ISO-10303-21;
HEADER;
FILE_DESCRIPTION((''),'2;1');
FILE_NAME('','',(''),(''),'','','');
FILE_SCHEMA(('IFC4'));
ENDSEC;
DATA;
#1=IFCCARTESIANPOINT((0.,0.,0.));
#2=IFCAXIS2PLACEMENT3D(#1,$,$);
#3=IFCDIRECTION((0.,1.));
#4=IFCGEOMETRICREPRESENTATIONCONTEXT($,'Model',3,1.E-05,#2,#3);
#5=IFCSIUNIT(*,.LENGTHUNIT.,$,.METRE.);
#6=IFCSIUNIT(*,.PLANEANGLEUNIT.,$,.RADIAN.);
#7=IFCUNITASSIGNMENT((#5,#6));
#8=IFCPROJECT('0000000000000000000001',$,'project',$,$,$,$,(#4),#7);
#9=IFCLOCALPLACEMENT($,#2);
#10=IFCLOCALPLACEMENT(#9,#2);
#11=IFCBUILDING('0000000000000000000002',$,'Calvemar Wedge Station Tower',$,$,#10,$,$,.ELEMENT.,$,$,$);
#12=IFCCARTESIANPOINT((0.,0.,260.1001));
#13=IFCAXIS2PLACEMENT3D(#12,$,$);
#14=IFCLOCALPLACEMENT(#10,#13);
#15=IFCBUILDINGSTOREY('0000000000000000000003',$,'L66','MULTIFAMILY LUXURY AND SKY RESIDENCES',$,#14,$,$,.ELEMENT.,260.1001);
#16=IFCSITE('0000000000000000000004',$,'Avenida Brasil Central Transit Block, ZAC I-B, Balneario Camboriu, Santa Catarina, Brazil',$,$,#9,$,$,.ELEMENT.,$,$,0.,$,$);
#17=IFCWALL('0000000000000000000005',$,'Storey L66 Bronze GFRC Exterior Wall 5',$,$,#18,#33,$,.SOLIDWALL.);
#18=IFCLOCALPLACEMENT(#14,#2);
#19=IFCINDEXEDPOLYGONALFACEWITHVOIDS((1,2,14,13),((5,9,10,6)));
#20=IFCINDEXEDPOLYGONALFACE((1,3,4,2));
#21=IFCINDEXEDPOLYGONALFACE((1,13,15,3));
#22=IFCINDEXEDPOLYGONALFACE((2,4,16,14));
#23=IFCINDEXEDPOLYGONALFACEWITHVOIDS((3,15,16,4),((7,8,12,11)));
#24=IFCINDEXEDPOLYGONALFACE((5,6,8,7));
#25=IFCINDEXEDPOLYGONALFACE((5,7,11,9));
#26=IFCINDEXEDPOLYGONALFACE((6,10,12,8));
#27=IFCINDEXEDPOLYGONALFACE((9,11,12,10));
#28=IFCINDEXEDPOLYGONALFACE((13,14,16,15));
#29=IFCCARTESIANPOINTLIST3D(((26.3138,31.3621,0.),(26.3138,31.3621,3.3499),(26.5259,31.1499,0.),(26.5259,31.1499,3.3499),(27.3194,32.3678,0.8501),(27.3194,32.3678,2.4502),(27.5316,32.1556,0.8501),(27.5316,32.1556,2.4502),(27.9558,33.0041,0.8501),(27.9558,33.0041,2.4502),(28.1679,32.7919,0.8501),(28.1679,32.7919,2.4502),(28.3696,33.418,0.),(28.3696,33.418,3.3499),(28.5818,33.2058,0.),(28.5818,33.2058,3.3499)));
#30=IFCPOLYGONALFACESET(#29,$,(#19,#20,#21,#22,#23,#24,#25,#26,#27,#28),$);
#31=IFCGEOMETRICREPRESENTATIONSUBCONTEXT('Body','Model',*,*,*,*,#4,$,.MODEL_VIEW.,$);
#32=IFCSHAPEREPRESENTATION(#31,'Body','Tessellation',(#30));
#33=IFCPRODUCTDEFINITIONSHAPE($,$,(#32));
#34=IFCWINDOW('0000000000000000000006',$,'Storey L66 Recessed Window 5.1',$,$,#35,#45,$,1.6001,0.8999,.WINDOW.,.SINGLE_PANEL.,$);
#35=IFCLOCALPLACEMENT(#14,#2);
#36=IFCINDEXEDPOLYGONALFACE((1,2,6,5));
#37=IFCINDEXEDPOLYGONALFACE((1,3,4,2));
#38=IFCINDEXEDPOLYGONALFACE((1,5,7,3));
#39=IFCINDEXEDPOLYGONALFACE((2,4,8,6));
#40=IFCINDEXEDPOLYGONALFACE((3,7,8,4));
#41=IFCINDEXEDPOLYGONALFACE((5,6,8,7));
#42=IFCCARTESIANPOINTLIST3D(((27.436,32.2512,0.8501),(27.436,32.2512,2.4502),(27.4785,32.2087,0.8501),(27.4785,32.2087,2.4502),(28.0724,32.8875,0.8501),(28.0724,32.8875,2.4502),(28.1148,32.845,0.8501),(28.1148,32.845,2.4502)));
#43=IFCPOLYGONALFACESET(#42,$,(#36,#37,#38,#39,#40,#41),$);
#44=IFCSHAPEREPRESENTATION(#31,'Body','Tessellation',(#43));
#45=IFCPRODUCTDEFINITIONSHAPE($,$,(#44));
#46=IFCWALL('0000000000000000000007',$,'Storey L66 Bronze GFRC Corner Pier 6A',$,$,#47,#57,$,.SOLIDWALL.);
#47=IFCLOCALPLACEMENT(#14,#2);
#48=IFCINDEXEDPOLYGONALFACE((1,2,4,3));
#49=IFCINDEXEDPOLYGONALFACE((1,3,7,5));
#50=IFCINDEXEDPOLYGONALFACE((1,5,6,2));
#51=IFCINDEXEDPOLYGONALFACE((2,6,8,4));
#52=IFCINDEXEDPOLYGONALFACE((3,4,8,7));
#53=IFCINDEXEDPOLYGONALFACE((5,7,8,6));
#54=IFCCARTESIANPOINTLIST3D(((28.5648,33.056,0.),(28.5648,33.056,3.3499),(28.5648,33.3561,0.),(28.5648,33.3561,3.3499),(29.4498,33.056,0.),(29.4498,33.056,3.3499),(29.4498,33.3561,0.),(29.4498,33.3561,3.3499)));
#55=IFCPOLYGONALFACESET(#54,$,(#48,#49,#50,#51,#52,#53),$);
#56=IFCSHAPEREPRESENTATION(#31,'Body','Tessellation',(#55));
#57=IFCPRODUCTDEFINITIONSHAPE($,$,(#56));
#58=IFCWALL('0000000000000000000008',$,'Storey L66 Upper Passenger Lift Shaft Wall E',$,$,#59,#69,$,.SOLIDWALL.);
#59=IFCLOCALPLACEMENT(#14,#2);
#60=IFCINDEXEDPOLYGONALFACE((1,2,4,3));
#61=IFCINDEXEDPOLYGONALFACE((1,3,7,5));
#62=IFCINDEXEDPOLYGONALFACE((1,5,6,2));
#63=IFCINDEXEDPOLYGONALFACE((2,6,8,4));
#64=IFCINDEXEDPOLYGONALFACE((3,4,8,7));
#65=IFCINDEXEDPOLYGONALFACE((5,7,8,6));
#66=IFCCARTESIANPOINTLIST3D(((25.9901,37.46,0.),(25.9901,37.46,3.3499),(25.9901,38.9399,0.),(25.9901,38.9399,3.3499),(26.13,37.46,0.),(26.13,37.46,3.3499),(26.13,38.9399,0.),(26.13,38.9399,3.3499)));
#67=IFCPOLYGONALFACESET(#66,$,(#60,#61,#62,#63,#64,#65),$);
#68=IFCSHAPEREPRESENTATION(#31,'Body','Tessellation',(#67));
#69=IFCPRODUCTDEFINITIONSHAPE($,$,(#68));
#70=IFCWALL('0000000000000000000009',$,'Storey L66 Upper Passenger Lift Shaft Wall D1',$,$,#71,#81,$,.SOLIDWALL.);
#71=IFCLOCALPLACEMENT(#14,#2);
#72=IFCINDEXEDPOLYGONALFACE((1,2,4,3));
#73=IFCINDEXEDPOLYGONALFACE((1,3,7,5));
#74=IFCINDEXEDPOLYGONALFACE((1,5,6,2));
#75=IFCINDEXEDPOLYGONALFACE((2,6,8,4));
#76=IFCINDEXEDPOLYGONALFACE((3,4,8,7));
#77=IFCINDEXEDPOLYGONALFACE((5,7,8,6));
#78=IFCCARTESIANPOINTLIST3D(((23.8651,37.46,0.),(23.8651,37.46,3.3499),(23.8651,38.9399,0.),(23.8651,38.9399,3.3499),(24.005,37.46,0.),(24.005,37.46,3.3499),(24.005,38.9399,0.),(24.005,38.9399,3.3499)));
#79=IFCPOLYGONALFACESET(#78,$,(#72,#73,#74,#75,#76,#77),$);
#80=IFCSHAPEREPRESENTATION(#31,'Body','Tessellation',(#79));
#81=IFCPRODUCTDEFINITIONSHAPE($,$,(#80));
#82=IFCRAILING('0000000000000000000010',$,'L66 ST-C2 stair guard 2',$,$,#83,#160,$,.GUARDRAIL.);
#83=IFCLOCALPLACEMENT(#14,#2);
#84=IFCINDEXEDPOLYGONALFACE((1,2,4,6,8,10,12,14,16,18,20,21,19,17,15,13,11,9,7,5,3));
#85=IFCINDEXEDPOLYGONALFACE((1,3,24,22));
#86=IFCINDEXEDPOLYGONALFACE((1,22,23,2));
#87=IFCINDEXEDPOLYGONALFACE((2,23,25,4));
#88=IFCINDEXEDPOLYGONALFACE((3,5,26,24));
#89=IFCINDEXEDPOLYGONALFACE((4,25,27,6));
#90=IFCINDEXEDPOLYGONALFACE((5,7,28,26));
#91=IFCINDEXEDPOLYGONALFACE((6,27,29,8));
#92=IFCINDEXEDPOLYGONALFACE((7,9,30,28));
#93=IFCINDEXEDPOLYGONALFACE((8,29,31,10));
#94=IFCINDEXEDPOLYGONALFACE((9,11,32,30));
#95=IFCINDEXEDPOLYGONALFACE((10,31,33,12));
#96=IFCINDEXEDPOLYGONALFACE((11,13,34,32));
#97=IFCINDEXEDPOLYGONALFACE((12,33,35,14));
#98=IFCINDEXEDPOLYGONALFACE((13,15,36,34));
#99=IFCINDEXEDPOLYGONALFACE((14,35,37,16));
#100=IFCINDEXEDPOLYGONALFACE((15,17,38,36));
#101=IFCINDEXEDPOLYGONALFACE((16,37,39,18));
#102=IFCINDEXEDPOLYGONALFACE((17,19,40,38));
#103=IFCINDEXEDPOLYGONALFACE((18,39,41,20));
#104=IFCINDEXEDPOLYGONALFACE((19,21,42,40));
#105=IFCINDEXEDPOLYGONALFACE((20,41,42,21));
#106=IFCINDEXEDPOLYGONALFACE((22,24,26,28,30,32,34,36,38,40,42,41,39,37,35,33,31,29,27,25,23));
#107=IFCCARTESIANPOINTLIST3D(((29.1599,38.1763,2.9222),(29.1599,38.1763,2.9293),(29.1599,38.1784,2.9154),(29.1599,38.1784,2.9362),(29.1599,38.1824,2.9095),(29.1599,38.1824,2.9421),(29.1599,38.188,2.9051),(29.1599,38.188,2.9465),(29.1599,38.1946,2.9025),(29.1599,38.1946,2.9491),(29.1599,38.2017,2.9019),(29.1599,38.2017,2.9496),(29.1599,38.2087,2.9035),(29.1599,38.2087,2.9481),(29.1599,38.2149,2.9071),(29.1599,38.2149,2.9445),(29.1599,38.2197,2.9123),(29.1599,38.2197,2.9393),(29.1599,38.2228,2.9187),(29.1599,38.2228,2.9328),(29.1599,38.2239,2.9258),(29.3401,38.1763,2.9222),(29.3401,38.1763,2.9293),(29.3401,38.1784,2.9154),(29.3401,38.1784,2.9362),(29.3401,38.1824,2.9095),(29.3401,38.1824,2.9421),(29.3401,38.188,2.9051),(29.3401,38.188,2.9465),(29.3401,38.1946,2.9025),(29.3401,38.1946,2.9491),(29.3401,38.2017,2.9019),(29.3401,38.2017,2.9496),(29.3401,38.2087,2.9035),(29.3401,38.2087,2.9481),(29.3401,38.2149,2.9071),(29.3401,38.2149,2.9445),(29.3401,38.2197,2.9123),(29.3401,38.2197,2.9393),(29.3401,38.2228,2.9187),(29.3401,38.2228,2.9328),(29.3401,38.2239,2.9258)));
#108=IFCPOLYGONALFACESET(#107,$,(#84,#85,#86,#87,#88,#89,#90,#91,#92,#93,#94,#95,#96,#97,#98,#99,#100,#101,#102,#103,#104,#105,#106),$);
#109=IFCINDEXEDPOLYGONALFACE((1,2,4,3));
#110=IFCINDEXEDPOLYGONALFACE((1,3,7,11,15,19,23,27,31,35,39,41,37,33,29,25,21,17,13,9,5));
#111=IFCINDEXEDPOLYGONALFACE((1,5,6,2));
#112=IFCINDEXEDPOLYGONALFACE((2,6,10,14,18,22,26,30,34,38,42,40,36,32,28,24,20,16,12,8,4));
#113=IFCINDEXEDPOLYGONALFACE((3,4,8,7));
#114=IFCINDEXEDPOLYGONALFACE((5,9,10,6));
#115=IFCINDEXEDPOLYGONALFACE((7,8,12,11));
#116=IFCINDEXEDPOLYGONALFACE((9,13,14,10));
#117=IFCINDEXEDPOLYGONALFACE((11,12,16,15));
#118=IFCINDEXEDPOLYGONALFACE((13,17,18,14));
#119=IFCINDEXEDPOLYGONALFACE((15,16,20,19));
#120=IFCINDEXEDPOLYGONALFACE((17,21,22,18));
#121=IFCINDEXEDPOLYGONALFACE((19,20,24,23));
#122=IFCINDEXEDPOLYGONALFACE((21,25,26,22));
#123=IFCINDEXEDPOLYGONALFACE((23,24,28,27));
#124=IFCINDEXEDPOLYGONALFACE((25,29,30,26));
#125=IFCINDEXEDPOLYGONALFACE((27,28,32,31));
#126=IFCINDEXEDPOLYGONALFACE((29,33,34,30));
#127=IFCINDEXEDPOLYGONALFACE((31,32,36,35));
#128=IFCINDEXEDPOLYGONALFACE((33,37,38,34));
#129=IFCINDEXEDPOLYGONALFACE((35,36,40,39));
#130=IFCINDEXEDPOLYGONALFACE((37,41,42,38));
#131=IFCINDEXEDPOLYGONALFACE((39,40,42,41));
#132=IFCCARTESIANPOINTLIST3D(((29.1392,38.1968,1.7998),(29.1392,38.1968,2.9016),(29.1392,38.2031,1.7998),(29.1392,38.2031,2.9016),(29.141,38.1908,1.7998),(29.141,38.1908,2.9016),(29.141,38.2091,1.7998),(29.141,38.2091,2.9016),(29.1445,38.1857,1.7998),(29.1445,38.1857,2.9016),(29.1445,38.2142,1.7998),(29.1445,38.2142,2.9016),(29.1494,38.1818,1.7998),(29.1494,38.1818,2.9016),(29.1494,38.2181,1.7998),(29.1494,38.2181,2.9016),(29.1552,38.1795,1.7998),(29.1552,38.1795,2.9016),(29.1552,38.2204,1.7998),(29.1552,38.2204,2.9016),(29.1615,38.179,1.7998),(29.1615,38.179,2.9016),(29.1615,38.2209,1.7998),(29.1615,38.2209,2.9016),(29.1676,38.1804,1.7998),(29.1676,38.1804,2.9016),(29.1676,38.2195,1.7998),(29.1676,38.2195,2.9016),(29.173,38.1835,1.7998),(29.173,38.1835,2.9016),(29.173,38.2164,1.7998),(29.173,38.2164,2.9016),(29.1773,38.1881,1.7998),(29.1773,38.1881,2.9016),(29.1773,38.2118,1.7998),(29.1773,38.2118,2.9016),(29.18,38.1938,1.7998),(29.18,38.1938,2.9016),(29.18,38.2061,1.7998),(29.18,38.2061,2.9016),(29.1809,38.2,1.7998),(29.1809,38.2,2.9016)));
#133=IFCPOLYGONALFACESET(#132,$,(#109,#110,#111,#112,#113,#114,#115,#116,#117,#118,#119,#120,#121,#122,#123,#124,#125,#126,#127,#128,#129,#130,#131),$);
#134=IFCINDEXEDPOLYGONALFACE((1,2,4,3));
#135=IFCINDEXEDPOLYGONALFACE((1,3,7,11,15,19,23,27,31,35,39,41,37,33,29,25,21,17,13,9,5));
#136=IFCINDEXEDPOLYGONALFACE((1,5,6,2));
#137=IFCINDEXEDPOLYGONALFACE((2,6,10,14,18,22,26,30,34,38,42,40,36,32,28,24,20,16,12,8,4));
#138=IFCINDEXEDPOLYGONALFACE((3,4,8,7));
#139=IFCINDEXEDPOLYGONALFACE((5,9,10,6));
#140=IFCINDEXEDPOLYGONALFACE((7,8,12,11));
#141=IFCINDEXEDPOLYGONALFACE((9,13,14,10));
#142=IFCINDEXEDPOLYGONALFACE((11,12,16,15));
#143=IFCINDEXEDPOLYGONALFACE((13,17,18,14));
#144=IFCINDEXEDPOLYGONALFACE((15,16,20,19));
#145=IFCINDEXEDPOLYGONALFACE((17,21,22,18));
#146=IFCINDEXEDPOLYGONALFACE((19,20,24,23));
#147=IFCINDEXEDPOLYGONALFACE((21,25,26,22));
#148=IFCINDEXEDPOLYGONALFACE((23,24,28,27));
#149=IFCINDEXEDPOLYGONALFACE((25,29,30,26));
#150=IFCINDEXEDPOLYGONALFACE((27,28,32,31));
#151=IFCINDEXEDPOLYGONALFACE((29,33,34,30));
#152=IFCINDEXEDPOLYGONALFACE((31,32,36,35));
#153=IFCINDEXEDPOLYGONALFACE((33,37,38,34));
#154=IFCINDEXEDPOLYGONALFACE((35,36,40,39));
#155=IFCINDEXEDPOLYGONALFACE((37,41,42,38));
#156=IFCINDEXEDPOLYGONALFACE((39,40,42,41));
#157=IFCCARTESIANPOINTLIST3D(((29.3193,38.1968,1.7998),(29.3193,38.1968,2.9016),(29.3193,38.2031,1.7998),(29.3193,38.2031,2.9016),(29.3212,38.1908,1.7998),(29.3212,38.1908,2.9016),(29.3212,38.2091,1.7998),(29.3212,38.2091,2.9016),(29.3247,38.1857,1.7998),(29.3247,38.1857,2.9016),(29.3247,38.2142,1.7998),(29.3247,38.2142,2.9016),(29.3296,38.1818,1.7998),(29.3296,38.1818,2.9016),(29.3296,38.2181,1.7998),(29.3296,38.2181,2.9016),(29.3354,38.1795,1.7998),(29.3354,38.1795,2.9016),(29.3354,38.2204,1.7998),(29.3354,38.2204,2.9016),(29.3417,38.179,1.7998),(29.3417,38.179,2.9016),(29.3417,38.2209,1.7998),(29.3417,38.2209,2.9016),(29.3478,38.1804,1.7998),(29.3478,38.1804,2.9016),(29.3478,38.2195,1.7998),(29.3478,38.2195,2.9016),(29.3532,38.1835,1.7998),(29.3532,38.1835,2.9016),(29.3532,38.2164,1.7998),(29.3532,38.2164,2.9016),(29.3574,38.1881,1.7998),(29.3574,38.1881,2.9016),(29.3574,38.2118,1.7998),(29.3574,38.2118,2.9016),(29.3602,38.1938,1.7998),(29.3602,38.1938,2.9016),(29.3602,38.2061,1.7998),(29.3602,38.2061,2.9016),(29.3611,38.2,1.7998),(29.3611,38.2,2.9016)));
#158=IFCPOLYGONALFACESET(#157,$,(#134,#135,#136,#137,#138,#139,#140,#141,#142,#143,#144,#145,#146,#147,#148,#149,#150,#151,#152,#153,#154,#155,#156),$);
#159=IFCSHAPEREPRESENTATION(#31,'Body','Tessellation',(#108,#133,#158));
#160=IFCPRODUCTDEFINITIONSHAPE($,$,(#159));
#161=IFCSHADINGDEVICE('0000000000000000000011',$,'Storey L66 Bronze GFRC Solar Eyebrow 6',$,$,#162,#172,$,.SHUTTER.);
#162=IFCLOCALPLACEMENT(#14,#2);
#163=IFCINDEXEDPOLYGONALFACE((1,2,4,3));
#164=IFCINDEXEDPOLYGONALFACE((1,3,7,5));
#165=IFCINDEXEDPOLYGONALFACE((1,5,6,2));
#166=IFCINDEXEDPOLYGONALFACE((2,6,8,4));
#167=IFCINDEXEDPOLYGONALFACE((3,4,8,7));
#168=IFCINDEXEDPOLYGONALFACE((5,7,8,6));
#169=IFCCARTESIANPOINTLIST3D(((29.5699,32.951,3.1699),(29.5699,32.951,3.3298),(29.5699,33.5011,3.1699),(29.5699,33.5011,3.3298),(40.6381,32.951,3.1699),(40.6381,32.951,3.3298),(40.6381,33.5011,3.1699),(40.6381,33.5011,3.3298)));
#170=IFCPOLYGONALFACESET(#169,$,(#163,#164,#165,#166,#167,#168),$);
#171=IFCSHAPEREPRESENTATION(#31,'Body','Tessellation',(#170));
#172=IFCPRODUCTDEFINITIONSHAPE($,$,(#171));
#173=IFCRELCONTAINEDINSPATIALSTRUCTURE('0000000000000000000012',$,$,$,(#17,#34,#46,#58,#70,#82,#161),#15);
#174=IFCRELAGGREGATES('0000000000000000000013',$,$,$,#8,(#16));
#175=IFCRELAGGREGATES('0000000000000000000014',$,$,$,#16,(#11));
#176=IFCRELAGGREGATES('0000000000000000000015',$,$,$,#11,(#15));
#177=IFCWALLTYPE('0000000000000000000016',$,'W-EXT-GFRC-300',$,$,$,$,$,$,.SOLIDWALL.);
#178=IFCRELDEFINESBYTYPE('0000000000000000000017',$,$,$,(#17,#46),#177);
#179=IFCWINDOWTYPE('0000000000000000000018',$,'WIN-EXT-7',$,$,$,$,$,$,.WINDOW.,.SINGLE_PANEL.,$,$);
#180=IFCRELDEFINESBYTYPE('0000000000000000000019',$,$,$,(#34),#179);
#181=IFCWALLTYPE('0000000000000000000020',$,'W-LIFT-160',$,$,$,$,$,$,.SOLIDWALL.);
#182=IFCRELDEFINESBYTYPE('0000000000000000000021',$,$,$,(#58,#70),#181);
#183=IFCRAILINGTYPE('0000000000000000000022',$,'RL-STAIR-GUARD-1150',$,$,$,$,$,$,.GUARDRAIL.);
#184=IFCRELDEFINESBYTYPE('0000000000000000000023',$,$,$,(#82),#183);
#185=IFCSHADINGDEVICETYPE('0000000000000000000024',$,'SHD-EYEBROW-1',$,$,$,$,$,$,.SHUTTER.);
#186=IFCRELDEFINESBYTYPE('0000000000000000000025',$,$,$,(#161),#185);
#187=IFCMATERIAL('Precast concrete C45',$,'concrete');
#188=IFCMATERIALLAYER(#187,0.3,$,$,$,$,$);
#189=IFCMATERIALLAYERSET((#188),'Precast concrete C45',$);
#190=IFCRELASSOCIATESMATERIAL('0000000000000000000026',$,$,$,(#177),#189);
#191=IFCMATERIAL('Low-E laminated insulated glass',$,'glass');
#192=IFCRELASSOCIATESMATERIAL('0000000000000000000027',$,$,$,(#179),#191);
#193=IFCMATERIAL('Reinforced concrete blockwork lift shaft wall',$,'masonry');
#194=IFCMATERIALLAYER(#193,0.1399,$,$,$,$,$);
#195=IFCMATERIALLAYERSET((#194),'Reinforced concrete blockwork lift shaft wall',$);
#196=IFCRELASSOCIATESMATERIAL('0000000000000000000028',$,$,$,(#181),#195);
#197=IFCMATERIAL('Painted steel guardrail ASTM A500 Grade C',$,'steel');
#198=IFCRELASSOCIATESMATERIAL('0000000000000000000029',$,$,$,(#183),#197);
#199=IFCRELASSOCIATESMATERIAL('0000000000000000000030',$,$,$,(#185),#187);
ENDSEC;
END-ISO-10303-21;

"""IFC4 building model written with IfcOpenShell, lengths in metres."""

from ifc_helpers import new_model, si_unit, direction, frame, frame_2d, origin, origin_2d, place, context, subcontext, project, spatial, rectangle, circle, extrude, source, transform, mapped, material, layer, layer_set, type_object, element, fill, save


model = new_model("IFC4")

# Units and contexts
model_context = context("Model", 3, precision=1e-05, world=origin(), true_north=direction((0.0, 1.0)))
body_context = subcontext(model_context, "Body", "Model", "MODEL_VIEW")
ifc_project = project(units=[si_unit("LENGTHUNIT", "METRE"), si_unit("PLANEANGLEUNIT", "RADIAN")], contexts=[model_context])

# Site, building, storey
site_placement = place(None, origin())
site = spatial("IfcSite", under=ifc_project, at=site_placement, Name="Avenida Brasil Central Transit Block, ZAC I-B, Balneario Camboriu, Santa Catarina, Brazil", CompositionType="ELEMENT", RefElevation=0.0)
building_placement = place(site_placement, origin())
building = spatial("IfcBuilding", under=site, at=building_placement, Name="Calvemar Wedge Station Tower", CompositionType="ELEMENT")
storey_placement = place(building_placement, frame((0.0, 0.0, 260.1001)))
storey = spatial("IfcBuildingStorey", under=building, at=storey_placement, Name="L66", Description="MULTIFAMILY LUXURY AND SKY RESIDENCES", CompositionType="ELEMENT", Elevation=260.1001)

# Shared definitions
ifc_material_1 = material(Name="Low-E laminated insulated glass", Category="glass")

# Shared definitions
ifc_material_2 = material(Name="Precast concrete C45", Category="concrete")
ifc_layer_1 = layer(ifc_material_2, 0.3)
ifc_layer_set_1 = layer_set([ifc_layer_1], Name="Precast concrete C45")
wall_type_1 = type_object("IfcWallType", Name="W-EXT-GFRC-300", PredefinedType="SOLIDWALL", material=ifc_layer_set_1)

# Wall, opening, window
wall_1_placement = place(storey_placement, frame((26.4199, 31.2561, 0.0), z_axis=(0.0, 0.0, 1.0), x_axis=(0.707107, 0.707107, 0.0)))
wall_1 = element("IfcWall", 1, at=wall_1_placement, inside=storey, type_object=wall_type_1, Name="Storey L66 Bronze GFRC Exterior Wall 5", PredefinedType="SOLIDWALL", context=body_context, shape_type="SweptSolid", body=[
    extrude(rectangle(XDim=2.9075, YDim=0.3, at=frame_2d((1.4536, 0.0))), origin(), (0.0, 0.0, 1.0), 3.3499),
])
shared_shape_1 = source(origin(), body_context, "Body", "SweptSolid", [
    extrude(rectangle(XDim=0.8999, YDim=1.6001, at=frame_2d((0.45, 0.8))), frame((0.0, 0.1602, 0.0), z_axis=(0.0, -1.0, 0.0), x_axis=(1.0, 0.0, 0.0)), (0.0, 0.0, 1.0), 0.3201),
])
opening_1_placement = place(wall_1_placement, frame((1.4221, 0.0, 0.8501)))
opening_1 = element("IfcOpeningElement", 2, at=opening_1_placement, cuts=wall_1, PredefinedType="OPENING", context=body_context, shape_type="MappedRepresentation", body=[
    mapped(shared_shape_1, transform((0.0, 0.0, 0.0), scale=1.0)),
])
window_type_1 = type_object("IfcWindowType", Name="WIN-EXT-7", PartitioningType="SINGLE_PANEL", PredefinedType="WINDOW", material=ifc_material_1)
shared_shape_2 = source(origin(), body_context, "Body", "SweptSolid", [
    extrude(rectangle(XDim=0.8999, YDim=1.6001, at=frame_2d((0.45, 0.8))), frame((0.0, -0.0149, 0.0), z_axis=(0.0, -1.0, 0.0), x_axis=(1.0, 0.0, 0.0)), (0.0, 0.0, 1.0), 0.0601),
])
window_1_placement = place(opening_1_placement, origin())
window_1 = element("IfcWindow", 3, at=window_1_placement, inside=storey, type_object=window_type_1, Name="Storey L66 Recessed Window 5.1", OverallHeight=1.6001, OverallWidth=0.8999, PartitioningType="SINGLE_PANEL", PredefinedType="WINDOW", context=body_context, shape_type="MappedRepresentation", body=[
    mapped(shared_shape_2, transform((0.0, 0.0, 0.0), scale=1.0)),
])
fill(opening_1, window_1)

# Walls
wall_2_placement = place(storey_placement, frame((28.5649, 33.2061, 0.0), z_axis=(0.0, 0.0, 1.0), x_axis=(1.0, 0.0, 0.0)))
element("IfcWall", 4, at=wall_2_placement, inside=storey, type_object=wall_type_1, Name="Storey L66 Bronze GFRC Corner Pier 6A", PredefinedType="SOLIDWALL", context=body_context, shape_type="SweptSolid", body=[
    extrude(rectangle(XDim=0.885, YDim=0.3, at=frame_2d((0.4424, 0.0))), origin(), (0.0, 0.0, 1.0), 3.3499),
])
ifc_material_3 = material(Name="Reinforced concrete blockwork lift shaft wall", Category="masonry")
ifc_layer_2 = layer(ifc_material_3, 0.1399)
ifc_layer_set_2 = layer_set([ifc_layer_2], Name="Reinforced concrete blockwork lift shaft wall")
wall_type_2 = type_object("IfcWallType", Name="W-LIFT-160", PredefinedType="SOLIDWALL", material=ifc_layer_set_2)
for number, where, z_axis, x_axis, name in (
    (5, (26.0601, 37.46, 0.0), (0.0, 0.0, 1.0), (0.0, 1.0, 0.0), "Storey L66 Upper Passenger Lift Shaft Wall E"),
    (6, (23.9351, 37.46, 0.0), (0.0, 0.0, 1.0), (0.0, 1.0, 0.0), "Storey L66 Upper Passenger Lift Shaft Wall D1"),
):
    element("IfcWall", number, at=place(storey_placement, frame(where, z_axis=z_axis, x_axis=x_axis)), inside=storey, type_object=wall_type_2, Name=name, PredefinedType="SOLIDWALL", context=body_context, shape_type="SweptSolid", body=[
        extrude(rectangle(XDim=1.48, YDim=0.1399, at=frame_2d((0.74, 0.0))), origin(), (0.0, 0.0, 1.0), 3.3499),
    ])

# Railing
ifc_material_4 = material(Name="Painted steel guardrail ASTM A500 Grade C", Category="steel")
railing_type = type_object("IfcRailingType", Name="RL-STAIR-GUARD-1150", PredefinedType="GUARDRAIL", material=ifc_material_4)
railing_placement = place(storey_placement, frame((29.1599, 38.2, 1.7998)))
element("IfcRailing", 7, at=railing_placement, inside=storey, type_object=railing_type, Name="L66 ST-C2 stair guard 2", PredefinedType="GUARDRAIL", context=body_context, shape_type="SweptSolid", body=[
    extrude(circle(Radius=0.0239, at=origin_2d()), frame((0.0, 0.0, 1.126), z_axis=(1.0, 0.0, 0.0), x_axis=(0.0, 1.0, 0.0)), (0.0, 0.0, 1.0), 0.1802),
    extrude(circle(Radius=0.021, at=origin_2d()), origin(), (0.0, 0.0, 1.0), 1.1018),
    extrude(circle(Radius=0.021, at=origin_2d()), frame((0.1802, 0.0, 0.0)), (0.0, 0.0, 1.0), 1.1018),
])

# Shading device
shading_device_type = type_object("IfcShadingDeviceType", Name="SHD-EYEBROW-1", PredefinedType="SHUTTER", material=ifc_material_2)
shading_device_placement = place(storey_placement, frame((29.5698, 33.2261, 3.1699), z_axis=(0.0, 0.0, 1.0), x_axis=(1.0, 0.0, 0.0)))
element("IfcShadingDevice", 8, at=shading_device_placement, inside=storey, type_object=shading_device_type, Name="Storey L66 Bronze GFRC Solar Eyebrow 6", PredefinedType="SHUTTER", context=body_context, shape_type="SweptSolid", body=[
    extrude(rectangle(XDim=11.0681, YDim=0.55, at=frame_2d((5.5342, 0.0))), origin(), (0.0, 0.0, 1.0), 0.1599),
])

save(model, "model.ifc")
